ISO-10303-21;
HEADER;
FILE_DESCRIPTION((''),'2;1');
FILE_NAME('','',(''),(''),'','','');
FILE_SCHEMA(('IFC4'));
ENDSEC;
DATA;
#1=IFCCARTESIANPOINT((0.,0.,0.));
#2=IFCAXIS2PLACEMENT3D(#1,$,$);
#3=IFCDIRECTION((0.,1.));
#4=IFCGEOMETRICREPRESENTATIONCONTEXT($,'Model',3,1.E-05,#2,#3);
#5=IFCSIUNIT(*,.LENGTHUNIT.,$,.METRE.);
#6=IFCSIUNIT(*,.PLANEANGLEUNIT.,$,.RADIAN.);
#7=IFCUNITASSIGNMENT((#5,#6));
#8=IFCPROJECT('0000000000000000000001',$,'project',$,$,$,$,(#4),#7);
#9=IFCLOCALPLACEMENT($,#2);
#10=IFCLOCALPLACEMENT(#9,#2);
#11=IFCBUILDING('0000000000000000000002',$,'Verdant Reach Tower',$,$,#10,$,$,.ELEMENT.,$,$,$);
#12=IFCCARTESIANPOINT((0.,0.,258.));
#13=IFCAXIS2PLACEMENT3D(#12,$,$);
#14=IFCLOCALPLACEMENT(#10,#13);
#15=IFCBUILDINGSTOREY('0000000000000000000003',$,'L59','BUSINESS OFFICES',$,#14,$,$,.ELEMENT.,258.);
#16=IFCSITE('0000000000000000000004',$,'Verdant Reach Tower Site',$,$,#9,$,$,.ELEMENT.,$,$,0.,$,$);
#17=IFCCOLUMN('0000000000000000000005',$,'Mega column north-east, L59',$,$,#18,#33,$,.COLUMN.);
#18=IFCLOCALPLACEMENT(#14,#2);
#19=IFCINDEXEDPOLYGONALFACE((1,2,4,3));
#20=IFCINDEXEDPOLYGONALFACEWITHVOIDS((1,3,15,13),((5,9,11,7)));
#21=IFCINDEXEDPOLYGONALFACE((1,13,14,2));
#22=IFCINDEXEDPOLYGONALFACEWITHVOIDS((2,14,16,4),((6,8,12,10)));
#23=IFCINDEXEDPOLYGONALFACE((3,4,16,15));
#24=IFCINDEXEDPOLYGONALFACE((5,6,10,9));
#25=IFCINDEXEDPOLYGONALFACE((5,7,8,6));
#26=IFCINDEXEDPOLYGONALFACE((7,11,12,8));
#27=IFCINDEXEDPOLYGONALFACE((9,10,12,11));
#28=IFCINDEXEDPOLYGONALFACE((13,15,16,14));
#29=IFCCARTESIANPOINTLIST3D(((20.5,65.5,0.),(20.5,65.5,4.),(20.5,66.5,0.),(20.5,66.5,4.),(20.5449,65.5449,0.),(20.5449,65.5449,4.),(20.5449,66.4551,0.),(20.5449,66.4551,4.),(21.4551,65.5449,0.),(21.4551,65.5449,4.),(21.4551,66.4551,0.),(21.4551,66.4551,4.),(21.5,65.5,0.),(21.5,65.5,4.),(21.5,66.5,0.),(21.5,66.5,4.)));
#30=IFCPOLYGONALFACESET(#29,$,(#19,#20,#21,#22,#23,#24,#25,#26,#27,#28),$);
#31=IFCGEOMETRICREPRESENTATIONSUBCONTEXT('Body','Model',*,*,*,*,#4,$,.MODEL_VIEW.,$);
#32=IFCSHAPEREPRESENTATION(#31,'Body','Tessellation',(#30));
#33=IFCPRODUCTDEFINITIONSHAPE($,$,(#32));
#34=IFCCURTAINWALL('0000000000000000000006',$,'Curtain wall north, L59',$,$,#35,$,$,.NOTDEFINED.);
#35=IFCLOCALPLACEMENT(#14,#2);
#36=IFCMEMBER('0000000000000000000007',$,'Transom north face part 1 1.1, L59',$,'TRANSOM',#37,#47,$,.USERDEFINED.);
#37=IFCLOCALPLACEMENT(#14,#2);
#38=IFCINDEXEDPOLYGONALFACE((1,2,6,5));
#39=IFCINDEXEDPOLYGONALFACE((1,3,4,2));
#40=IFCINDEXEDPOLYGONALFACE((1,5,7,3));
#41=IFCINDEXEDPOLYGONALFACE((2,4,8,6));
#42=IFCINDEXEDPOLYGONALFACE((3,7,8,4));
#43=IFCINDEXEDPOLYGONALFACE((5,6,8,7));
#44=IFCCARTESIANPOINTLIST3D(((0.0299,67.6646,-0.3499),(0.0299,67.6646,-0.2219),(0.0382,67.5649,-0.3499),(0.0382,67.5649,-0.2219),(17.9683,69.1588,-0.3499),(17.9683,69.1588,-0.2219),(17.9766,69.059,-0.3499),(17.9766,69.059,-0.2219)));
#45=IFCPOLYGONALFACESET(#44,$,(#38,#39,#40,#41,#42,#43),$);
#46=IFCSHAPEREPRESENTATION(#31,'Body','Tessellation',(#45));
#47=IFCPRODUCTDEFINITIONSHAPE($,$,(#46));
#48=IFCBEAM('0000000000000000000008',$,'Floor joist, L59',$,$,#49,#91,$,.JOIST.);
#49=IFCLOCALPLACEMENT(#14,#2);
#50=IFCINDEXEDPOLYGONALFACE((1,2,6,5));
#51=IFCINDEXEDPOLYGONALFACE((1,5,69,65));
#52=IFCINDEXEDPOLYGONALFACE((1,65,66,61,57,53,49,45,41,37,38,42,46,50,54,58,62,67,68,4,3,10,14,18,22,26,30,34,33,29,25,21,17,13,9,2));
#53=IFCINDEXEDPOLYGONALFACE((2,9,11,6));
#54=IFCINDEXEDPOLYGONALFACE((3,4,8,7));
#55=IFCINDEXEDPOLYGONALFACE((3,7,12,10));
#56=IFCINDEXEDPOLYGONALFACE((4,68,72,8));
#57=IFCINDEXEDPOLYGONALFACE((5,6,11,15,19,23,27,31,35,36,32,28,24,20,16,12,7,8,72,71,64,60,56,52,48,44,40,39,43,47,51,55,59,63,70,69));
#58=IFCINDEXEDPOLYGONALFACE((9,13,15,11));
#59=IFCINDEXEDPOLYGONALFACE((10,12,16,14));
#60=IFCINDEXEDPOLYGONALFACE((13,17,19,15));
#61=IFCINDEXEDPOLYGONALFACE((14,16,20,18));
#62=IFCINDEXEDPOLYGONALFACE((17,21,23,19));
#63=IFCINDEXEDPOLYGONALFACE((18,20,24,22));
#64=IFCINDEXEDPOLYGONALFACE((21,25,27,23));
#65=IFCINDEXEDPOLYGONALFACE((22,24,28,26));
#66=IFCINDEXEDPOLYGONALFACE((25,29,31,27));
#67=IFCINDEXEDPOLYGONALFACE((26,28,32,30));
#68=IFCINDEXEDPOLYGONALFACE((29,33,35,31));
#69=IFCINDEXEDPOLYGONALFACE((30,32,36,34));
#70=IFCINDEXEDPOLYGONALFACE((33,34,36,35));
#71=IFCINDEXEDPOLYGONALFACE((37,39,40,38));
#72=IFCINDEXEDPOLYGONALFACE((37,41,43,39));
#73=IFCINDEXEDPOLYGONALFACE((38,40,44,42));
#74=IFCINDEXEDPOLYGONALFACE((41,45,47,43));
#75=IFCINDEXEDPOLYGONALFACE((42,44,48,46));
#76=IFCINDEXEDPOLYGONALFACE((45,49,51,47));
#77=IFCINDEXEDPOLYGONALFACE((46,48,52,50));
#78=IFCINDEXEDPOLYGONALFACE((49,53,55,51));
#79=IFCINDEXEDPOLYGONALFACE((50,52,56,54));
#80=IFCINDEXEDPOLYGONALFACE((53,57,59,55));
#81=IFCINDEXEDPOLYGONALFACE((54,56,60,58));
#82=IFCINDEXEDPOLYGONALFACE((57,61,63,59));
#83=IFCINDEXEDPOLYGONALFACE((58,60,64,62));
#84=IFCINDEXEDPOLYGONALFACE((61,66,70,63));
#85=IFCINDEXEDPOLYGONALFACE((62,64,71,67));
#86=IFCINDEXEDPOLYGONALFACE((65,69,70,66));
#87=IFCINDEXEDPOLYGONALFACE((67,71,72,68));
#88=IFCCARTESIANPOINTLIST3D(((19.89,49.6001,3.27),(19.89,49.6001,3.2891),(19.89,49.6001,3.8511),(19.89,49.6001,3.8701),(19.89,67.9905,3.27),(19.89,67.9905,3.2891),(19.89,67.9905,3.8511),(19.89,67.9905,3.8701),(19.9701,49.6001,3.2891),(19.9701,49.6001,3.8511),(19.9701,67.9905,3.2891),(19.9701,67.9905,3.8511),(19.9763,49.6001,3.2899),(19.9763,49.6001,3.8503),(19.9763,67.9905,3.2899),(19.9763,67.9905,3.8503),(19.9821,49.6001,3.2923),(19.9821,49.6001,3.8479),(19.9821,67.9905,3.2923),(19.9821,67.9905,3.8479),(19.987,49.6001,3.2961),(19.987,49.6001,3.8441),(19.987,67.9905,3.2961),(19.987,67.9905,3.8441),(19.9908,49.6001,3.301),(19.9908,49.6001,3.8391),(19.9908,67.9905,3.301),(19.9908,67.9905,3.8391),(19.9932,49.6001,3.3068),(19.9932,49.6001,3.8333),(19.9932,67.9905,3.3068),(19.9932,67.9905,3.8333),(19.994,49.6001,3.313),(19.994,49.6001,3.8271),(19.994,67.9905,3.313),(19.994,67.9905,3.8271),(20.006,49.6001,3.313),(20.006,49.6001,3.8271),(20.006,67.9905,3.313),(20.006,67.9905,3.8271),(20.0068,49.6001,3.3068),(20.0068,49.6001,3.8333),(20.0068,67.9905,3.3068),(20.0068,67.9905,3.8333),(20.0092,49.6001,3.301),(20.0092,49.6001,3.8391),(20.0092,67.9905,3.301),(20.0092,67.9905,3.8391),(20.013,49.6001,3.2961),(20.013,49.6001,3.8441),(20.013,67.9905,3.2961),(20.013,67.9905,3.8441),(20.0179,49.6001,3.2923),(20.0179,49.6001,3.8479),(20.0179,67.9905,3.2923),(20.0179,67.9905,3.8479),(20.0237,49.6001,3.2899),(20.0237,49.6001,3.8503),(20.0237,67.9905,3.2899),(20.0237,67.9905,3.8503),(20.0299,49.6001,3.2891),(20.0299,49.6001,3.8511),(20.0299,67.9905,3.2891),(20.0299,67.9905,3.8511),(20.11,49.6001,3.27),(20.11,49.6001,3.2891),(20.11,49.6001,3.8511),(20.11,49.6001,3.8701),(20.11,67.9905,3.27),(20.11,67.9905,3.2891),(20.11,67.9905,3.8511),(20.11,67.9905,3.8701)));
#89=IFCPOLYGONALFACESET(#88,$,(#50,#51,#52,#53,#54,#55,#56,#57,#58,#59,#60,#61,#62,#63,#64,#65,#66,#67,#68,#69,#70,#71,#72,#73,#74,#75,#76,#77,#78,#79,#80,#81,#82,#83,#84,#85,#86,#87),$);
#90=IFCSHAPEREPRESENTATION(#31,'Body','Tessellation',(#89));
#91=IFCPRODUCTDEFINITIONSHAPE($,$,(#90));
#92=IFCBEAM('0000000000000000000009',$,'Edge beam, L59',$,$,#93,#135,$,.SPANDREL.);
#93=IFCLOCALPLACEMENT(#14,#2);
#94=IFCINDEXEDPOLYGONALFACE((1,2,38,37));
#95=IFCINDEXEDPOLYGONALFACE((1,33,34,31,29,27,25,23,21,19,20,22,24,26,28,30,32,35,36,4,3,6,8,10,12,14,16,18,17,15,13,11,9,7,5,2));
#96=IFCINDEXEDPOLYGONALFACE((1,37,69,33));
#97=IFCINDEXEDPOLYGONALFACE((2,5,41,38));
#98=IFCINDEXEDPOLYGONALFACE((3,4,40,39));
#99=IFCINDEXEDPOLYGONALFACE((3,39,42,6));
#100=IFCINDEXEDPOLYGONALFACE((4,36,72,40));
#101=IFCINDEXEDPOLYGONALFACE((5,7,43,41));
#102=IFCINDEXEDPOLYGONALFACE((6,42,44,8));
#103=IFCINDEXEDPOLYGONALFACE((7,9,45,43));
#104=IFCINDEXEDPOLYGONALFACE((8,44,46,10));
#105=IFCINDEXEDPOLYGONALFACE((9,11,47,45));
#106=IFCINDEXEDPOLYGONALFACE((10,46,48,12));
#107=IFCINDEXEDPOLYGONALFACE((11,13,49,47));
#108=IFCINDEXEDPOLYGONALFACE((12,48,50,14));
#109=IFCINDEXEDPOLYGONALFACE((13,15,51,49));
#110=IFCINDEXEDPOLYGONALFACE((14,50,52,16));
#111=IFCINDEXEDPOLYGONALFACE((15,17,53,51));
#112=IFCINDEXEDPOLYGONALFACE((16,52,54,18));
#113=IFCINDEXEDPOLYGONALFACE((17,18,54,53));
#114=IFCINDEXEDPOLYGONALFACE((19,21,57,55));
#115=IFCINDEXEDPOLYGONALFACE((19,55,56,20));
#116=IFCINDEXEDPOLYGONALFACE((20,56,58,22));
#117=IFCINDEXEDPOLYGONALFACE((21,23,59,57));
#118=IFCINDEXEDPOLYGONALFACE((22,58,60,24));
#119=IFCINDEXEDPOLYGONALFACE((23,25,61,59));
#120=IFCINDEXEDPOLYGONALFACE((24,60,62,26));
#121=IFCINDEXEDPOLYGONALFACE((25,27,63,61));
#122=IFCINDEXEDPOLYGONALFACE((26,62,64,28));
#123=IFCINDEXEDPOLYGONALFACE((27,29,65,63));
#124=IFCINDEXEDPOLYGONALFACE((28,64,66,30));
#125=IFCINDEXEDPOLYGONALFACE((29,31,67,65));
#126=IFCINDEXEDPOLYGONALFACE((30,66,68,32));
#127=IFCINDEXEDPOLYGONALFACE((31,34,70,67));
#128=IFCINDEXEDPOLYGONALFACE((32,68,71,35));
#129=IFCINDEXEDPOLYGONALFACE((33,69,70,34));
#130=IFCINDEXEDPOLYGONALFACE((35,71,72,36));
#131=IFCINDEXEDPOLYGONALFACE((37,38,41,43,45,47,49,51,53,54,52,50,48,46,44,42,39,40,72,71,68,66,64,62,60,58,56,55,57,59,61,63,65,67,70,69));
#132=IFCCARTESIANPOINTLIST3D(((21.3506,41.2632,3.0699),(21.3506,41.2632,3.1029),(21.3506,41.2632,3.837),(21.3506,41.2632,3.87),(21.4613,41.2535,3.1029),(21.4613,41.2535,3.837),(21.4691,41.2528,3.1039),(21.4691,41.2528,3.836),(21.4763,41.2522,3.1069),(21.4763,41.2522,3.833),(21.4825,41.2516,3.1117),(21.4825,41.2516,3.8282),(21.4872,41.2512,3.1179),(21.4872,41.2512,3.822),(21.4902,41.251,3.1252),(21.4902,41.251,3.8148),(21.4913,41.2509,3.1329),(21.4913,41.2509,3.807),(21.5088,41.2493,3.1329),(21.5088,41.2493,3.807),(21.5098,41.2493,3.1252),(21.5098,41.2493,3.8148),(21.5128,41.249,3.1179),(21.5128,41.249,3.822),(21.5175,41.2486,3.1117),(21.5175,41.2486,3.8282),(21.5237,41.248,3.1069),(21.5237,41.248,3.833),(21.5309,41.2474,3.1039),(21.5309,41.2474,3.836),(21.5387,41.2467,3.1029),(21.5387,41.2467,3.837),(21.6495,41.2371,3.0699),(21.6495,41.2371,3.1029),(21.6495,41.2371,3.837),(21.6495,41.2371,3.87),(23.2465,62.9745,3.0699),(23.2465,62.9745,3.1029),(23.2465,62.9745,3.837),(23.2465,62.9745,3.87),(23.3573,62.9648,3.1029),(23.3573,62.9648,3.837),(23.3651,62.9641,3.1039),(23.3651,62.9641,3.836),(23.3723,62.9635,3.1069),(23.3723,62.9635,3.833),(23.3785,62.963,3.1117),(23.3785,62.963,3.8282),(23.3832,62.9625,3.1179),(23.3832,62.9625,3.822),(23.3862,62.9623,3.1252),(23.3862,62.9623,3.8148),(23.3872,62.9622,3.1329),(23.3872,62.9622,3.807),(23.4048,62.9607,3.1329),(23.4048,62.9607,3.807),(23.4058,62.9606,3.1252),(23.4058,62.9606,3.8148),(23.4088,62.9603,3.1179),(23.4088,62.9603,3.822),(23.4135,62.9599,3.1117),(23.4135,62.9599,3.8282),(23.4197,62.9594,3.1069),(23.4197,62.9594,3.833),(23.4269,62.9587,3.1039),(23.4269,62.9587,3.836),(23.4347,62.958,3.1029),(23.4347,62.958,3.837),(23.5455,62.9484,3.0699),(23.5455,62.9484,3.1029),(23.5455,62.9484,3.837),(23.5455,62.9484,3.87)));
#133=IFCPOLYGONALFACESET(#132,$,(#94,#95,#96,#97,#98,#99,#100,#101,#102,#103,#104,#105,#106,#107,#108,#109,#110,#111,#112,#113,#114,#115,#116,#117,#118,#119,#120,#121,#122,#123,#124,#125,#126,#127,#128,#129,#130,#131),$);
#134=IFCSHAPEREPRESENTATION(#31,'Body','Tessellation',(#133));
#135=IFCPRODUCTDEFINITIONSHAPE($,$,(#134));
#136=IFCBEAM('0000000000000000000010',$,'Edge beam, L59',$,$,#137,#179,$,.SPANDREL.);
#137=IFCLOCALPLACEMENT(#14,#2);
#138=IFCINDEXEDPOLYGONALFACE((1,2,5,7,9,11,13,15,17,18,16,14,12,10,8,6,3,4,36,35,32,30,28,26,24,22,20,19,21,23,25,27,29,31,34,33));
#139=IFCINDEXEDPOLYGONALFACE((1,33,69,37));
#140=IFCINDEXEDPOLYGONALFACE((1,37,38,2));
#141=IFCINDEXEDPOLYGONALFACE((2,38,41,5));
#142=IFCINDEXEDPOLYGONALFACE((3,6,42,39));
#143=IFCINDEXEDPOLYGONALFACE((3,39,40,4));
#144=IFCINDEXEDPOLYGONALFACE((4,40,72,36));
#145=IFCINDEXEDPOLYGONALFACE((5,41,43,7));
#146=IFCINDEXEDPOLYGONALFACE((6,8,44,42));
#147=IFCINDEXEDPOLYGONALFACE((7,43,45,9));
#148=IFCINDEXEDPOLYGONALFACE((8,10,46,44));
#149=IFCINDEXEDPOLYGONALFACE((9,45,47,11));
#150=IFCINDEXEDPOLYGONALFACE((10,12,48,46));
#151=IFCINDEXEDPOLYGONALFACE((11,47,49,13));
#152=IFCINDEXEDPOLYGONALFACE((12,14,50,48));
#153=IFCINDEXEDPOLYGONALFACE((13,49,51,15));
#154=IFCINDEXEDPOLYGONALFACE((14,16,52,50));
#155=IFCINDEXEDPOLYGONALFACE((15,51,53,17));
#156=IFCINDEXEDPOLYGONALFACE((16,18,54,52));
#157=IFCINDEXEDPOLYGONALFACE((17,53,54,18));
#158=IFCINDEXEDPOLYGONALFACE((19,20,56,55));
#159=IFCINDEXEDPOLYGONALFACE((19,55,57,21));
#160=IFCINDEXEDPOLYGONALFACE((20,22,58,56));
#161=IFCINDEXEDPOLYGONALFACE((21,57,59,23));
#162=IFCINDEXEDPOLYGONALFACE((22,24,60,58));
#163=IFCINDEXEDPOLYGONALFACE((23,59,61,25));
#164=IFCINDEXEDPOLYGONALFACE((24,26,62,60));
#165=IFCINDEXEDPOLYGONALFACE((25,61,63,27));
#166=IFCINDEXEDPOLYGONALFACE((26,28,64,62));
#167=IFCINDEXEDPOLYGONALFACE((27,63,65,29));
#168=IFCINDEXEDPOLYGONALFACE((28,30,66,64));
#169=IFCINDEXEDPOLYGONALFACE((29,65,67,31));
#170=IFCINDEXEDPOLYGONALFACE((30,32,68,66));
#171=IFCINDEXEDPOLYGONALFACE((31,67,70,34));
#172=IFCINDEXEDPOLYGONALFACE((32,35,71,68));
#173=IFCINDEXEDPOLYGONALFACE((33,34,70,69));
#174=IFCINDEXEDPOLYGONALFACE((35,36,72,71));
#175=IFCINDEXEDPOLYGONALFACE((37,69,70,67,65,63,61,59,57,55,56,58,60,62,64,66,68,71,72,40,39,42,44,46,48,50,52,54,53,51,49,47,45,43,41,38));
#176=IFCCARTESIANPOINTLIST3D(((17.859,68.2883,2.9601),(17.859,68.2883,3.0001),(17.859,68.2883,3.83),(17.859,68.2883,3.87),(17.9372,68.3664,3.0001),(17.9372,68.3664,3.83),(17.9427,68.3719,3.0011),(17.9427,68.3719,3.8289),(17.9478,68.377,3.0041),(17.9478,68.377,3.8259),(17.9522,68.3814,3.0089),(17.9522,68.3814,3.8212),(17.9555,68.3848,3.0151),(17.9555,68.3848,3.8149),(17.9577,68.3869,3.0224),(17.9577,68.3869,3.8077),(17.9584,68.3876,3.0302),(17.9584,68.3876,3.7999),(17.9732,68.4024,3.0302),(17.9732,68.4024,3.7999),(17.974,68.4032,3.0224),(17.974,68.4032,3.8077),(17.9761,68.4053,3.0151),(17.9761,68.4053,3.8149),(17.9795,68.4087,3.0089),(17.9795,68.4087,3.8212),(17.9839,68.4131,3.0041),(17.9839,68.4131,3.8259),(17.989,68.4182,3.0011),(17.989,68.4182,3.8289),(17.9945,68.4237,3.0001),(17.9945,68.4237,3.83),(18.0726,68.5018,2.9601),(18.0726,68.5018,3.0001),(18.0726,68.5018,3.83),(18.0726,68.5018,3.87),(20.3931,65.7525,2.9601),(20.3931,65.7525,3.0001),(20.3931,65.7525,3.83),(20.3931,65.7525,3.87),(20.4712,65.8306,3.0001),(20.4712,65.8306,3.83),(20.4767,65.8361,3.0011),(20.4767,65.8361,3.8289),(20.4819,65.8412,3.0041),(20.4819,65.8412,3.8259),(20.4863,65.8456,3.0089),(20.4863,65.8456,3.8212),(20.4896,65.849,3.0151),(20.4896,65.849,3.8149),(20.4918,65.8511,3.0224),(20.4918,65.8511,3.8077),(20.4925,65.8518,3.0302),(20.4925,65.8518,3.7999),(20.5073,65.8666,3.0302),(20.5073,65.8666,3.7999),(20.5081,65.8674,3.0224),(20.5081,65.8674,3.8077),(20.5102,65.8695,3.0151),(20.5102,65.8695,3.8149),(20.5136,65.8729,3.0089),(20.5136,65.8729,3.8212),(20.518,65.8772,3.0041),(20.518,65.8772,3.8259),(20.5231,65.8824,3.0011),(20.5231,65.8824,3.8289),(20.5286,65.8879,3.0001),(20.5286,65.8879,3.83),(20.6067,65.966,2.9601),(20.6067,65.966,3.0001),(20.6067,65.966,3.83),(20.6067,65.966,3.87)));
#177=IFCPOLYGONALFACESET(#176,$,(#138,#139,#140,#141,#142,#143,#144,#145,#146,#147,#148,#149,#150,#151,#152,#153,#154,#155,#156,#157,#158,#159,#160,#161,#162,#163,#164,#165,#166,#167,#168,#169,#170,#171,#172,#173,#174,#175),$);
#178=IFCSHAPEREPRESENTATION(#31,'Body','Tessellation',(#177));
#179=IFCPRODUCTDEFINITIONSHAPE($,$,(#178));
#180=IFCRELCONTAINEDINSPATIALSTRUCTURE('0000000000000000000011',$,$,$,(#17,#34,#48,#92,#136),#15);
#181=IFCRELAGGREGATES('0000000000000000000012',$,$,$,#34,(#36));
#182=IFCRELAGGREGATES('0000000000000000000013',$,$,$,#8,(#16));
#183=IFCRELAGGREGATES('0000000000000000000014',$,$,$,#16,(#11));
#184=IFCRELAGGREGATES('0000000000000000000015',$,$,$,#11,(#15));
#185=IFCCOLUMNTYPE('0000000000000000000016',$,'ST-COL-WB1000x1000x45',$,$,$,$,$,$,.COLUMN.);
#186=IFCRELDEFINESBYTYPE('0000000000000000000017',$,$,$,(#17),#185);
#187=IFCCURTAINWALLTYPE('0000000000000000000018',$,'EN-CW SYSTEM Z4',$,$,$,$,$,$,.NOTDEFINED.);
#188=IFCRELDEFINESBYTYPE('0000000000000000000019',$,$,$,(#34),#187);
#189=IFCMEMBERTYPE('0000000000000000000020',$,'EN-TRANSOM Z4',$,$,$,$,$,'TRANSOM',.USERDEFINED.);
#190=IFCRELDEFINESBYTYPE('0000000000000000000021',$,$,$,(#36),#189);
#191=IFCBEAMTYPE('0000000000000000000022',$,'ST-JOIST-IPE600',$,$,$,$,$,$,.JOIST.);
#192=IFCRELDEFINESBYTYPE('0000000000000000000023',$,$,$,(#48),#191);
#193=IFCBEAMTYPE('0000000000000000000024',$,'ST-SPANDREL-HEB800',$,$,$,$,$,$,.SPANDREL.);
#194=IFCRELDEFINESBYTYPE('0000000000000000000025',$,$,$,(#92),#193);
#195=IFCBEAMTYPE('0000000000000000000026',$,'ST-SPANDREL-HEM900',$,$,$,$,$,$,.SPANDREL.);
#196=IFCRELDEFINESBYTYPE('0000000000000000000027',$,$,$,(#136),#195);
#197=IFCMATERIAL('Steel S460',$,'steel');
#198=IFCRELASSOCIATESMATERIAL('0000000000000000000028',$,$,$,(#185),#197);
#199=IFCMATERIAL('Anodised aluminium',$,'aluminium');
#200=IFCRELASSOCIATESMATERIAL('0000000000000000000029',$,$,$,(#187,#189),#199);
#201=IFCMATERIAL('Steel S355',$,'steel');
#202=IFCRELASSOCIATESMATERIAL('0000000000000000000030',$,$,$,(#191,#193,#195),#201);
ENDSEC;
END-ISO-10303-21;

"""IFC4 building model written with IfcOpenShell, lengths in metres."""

from ifc_helpers import new_model, si_unit, direction, frame, origin, origin_2d, place, context, subcontext, project, spatial, rectangle, hollow_rectangle, i_section, extrude, material, material_profile, profile_set, type_object, element, aggregate, save


model = new_model("IFC4")

# Units and contexts
model_context = context("Model", 3, precision=1e-05, world=origin(), true_north=direction((0.0, 1.0)))
body_context = subcontext(model_context, "Body", "Model", "MODEL_VIEW")
ifc_project = project(units=[si_unit("LENGTHUNIT", "METRE"), si_unit("PLANEANGLEUNIT", "RADIAN")], contexts=[model_context])

# Site, building, storey
site_placement = place(None, origin())
site = spatial("IfcSite", under=ifc_project, at=site_placement, Name="Verdant Reach Tower Site", CompositionType="ELEMENT", RefElevation=0.0)
building_placement = place(site_placement, origin())
building = spatial("IfcBuilding", under=site, at=building_placement, Name="Verdant Reach Tower", CompositionType="ELEMENT")
storey_placement = place(building_placement, frame((0.0, 0.0, 258.0)))
storey = spatial("IfcBuildingStorey", under=building, at=storey_placement, Name="L59", Description="BUSINESS OFFICES", CompositionType="ELEMENT", Elevation=258.0)

# Column
ifc_material_1 = material(Name="Steel S460", Category="steel")
ifc_material_profile_1 = material_profile(ifc_material_1, hollow_rectangle(XDim=1.0, YDim=1.0, WallThickness=0.0449, at=origin_2d()), Name="WB 1000x1000x45")
ifc_profile_set_1 = profile_set([ifc_material_profile_1], Name="Steel S460")
column_type = type_object("IfcColumnType", Name="ST-COL-WB1000x1000x45", PredefinedType="COLUMN", material=ifc_profile_set_1)
column_placement = place(storey_placement, frame((21.0, 66.0, 0.0), z_axis=(0.0, 0.0, 1.0), x_axis=(1.0, 0.0, 0.0)))
element("IfcColumn", 1, at=column_placement, inside=storey, type_object=column_type, Name="Mega column north-east, L59", PredefinedType="COLUMN", context=body_context, shape_type="SweptSolid", body=[
    extrude(hollow_rectangle(XDim=1.0, YDim=1.0, WallThickness=0.0449, at=origin_2d()), origin(), (0.0, 0.0, 1.0), 4.0),
])

# Curtain wall, member
ifc_material_2 = material(Name="Anodised aluminium", Category="aluminium")
curtain_wall_type = type_object("IfcCurtainWallType", Name="EN-CW SYSTEM Z4", PredefinedType="NOTDEFINED", material=ifc_material_2)
curtain_wall_1_placement = place(storey_placement, origin())
curtain_wall_1 = element("IfcCurtainWall", 2, at=curtain_wall_1_placement, inside=storey, type_object=curtain_wall_type, Name="Curtain wall north, L59", PredefinedType="NOTDEFINED")
ifc_material_profile_2 = material_profile(ifc_material_2, rectangle(XDim=0.1001, YDim=0.1279, at=origin_2d()), Name="Transom 128x100")
ifc_profile_set_2 = profile_set([ifc_material_profile_2], Name="Anodised aluminium")
member_type = type_object("IfcMemberType", Name="EN-TRANSOM Z4", ElementType="TRANSOM", PredefinedType="USERDEFINED", material=ifc_profile_set_2)
member_placement = place(storey_placement, frame((17.9724, 69.1089, -0.2859), z_axis=(-0.996549, -0.083005, 0.0), x_axis=(0.083005, -0.996549, 0.0)))
member = element("IfcMember", 3, at=member_placement, type_object=member_type, Name="Transom north face part 1 1.1, L59", ObjectType="TRANSOM", PredefinedType="USERDEFINED", context=body_context, shape_type="SweptSolid", body=[
    extrude(rectangle(XDim=0.1001, YDim=0.1279, at=origin_2d()), origin(), (0.0, 0.0, 1.0), 18.0005),
])

# Beams
ifc_material_3 = material(Name="Steel S355", Category="steel")
ifc_material_profile_3 = material_profile(ifc_material_3, i_section(OverallWidth=0.22, OverallDepth=0.6001, WebThickness=0.012, FlangeThickness=0.019, FilletRadius=0.0239, at=origin_2d()), Name="IPE 600")
ifc_profile_set_3 = profile_set([ifc_material_profile_3], Name="Steel S355")
beam_type_1 = type_object("IfcBeamType", Name="ST-JOIST-IPE600", PredefinedType="JOIST", material=ifc_profile_set_3)
beam_1_placement = place(storey_placement, frame((20.0, 49.6001, 3.5701), z_axis=(0.0, 1.0, 0.0), x_axis=(-1.0, 0.0, 0.0)))
element("IfcBeam", 4, at=beam_1_placement, inside=storey, type_object=beam_type_1, Name="Floor joist, L59", PredefinedType="JOIST", context=body_context, shape_type="SweptSolid", body=[
    extrude(i_section(OverallWidth=0.22, OverallDepth=0.6001, WebThickness=0.012, FlangeThickness=0.019, FilletRadius=0.0239, at=origin_2d()), origin(), (0.0, 0.0, 1.0), 18.3904),
])
ifc_material_profile_4 = material_profile(ifc_material_3, i_section(OverallWidth=0.3, OverallDepth=0.8, WebThickness=0.0176, FlangeThickness=0.033, FilletRadius=0.03, at=origin_2d()), Name="HEB 800")
ifc_profile_set_4 = profile_set([ifc_material_profile_4], Name="Steel S355")
beam_type_2 = type_object("IfcBeamType", Name="ST-SPANDREL-HEB800", PredefinedType="SPANDREL", material=ifc_profile_set_4)
beam_2_placement = place(storey_placement, frame((23.396, 62.9614, 3.47), z_axis=(-0.086996, -0.996209, 0.0), x_axis=(0.996209, -0.086996, 0.0)))
element("IfcBeam", 5, at=beam_2_placement, inside=storey, type_object=beam_type_2, Name="Edge beam, L59", PredefinedType="SPANDREL", context=body_context, shape_type="SweptSolid", body=[
    extrude(i_section(OverallWidth=0.3, OverallDepth=0.8, WebThickness=0.0176, FlangeThickness=0.033, FilletRadius=0.03, at=origin_2d()), origin(), (0.0, 0.0, 1.0), 21.7939),
])
ifc_material_profile_5 = material_profile(ifc_material_3, i_section(OverallWidth=0.302, OverallDepth=0.9099, WebThickness=0.021, FlangeThickness=0.04, FilletRadius=0.03, at=origin_2d()), Name="HEM 900")
ifc_profile_set_5 = profile_set([ifc_material_profile_5], Name="Steel S355")
beam_type_3 = type_object("IfcBeamType", Name="ST-SPANDREL-HEM900", PredefinedType="SPANDREL", material=ifc_profile_set_5)
beam_3_placement = place(storey_placement, frame((17.9658, 68.395, 3.415), z_axis=(0.706868, -0.707345, 0.0), x_axis=(0.707345, 0.706868, 0.0)))
element("IfcBeam", 6, at=beam_3_placement, inside=storey, type_object=beam_type_3, Name="Edge beam, L59", PredefinedType="SPANDREL", context=body_context, shape_type="SweptSolid", body=[
    extrude(i_section(OverallWidth=0.302, OverallDepth=0.9099, WebThickness=0.021, FlangeThickness=0.04, FilletRadius=0.03, at=origin_2d()), origin(), (0.0, 0.0, 1.0), 3.585),
])

aggregate(curtain_wall_1, [member])

save(model, "model.ifc")
